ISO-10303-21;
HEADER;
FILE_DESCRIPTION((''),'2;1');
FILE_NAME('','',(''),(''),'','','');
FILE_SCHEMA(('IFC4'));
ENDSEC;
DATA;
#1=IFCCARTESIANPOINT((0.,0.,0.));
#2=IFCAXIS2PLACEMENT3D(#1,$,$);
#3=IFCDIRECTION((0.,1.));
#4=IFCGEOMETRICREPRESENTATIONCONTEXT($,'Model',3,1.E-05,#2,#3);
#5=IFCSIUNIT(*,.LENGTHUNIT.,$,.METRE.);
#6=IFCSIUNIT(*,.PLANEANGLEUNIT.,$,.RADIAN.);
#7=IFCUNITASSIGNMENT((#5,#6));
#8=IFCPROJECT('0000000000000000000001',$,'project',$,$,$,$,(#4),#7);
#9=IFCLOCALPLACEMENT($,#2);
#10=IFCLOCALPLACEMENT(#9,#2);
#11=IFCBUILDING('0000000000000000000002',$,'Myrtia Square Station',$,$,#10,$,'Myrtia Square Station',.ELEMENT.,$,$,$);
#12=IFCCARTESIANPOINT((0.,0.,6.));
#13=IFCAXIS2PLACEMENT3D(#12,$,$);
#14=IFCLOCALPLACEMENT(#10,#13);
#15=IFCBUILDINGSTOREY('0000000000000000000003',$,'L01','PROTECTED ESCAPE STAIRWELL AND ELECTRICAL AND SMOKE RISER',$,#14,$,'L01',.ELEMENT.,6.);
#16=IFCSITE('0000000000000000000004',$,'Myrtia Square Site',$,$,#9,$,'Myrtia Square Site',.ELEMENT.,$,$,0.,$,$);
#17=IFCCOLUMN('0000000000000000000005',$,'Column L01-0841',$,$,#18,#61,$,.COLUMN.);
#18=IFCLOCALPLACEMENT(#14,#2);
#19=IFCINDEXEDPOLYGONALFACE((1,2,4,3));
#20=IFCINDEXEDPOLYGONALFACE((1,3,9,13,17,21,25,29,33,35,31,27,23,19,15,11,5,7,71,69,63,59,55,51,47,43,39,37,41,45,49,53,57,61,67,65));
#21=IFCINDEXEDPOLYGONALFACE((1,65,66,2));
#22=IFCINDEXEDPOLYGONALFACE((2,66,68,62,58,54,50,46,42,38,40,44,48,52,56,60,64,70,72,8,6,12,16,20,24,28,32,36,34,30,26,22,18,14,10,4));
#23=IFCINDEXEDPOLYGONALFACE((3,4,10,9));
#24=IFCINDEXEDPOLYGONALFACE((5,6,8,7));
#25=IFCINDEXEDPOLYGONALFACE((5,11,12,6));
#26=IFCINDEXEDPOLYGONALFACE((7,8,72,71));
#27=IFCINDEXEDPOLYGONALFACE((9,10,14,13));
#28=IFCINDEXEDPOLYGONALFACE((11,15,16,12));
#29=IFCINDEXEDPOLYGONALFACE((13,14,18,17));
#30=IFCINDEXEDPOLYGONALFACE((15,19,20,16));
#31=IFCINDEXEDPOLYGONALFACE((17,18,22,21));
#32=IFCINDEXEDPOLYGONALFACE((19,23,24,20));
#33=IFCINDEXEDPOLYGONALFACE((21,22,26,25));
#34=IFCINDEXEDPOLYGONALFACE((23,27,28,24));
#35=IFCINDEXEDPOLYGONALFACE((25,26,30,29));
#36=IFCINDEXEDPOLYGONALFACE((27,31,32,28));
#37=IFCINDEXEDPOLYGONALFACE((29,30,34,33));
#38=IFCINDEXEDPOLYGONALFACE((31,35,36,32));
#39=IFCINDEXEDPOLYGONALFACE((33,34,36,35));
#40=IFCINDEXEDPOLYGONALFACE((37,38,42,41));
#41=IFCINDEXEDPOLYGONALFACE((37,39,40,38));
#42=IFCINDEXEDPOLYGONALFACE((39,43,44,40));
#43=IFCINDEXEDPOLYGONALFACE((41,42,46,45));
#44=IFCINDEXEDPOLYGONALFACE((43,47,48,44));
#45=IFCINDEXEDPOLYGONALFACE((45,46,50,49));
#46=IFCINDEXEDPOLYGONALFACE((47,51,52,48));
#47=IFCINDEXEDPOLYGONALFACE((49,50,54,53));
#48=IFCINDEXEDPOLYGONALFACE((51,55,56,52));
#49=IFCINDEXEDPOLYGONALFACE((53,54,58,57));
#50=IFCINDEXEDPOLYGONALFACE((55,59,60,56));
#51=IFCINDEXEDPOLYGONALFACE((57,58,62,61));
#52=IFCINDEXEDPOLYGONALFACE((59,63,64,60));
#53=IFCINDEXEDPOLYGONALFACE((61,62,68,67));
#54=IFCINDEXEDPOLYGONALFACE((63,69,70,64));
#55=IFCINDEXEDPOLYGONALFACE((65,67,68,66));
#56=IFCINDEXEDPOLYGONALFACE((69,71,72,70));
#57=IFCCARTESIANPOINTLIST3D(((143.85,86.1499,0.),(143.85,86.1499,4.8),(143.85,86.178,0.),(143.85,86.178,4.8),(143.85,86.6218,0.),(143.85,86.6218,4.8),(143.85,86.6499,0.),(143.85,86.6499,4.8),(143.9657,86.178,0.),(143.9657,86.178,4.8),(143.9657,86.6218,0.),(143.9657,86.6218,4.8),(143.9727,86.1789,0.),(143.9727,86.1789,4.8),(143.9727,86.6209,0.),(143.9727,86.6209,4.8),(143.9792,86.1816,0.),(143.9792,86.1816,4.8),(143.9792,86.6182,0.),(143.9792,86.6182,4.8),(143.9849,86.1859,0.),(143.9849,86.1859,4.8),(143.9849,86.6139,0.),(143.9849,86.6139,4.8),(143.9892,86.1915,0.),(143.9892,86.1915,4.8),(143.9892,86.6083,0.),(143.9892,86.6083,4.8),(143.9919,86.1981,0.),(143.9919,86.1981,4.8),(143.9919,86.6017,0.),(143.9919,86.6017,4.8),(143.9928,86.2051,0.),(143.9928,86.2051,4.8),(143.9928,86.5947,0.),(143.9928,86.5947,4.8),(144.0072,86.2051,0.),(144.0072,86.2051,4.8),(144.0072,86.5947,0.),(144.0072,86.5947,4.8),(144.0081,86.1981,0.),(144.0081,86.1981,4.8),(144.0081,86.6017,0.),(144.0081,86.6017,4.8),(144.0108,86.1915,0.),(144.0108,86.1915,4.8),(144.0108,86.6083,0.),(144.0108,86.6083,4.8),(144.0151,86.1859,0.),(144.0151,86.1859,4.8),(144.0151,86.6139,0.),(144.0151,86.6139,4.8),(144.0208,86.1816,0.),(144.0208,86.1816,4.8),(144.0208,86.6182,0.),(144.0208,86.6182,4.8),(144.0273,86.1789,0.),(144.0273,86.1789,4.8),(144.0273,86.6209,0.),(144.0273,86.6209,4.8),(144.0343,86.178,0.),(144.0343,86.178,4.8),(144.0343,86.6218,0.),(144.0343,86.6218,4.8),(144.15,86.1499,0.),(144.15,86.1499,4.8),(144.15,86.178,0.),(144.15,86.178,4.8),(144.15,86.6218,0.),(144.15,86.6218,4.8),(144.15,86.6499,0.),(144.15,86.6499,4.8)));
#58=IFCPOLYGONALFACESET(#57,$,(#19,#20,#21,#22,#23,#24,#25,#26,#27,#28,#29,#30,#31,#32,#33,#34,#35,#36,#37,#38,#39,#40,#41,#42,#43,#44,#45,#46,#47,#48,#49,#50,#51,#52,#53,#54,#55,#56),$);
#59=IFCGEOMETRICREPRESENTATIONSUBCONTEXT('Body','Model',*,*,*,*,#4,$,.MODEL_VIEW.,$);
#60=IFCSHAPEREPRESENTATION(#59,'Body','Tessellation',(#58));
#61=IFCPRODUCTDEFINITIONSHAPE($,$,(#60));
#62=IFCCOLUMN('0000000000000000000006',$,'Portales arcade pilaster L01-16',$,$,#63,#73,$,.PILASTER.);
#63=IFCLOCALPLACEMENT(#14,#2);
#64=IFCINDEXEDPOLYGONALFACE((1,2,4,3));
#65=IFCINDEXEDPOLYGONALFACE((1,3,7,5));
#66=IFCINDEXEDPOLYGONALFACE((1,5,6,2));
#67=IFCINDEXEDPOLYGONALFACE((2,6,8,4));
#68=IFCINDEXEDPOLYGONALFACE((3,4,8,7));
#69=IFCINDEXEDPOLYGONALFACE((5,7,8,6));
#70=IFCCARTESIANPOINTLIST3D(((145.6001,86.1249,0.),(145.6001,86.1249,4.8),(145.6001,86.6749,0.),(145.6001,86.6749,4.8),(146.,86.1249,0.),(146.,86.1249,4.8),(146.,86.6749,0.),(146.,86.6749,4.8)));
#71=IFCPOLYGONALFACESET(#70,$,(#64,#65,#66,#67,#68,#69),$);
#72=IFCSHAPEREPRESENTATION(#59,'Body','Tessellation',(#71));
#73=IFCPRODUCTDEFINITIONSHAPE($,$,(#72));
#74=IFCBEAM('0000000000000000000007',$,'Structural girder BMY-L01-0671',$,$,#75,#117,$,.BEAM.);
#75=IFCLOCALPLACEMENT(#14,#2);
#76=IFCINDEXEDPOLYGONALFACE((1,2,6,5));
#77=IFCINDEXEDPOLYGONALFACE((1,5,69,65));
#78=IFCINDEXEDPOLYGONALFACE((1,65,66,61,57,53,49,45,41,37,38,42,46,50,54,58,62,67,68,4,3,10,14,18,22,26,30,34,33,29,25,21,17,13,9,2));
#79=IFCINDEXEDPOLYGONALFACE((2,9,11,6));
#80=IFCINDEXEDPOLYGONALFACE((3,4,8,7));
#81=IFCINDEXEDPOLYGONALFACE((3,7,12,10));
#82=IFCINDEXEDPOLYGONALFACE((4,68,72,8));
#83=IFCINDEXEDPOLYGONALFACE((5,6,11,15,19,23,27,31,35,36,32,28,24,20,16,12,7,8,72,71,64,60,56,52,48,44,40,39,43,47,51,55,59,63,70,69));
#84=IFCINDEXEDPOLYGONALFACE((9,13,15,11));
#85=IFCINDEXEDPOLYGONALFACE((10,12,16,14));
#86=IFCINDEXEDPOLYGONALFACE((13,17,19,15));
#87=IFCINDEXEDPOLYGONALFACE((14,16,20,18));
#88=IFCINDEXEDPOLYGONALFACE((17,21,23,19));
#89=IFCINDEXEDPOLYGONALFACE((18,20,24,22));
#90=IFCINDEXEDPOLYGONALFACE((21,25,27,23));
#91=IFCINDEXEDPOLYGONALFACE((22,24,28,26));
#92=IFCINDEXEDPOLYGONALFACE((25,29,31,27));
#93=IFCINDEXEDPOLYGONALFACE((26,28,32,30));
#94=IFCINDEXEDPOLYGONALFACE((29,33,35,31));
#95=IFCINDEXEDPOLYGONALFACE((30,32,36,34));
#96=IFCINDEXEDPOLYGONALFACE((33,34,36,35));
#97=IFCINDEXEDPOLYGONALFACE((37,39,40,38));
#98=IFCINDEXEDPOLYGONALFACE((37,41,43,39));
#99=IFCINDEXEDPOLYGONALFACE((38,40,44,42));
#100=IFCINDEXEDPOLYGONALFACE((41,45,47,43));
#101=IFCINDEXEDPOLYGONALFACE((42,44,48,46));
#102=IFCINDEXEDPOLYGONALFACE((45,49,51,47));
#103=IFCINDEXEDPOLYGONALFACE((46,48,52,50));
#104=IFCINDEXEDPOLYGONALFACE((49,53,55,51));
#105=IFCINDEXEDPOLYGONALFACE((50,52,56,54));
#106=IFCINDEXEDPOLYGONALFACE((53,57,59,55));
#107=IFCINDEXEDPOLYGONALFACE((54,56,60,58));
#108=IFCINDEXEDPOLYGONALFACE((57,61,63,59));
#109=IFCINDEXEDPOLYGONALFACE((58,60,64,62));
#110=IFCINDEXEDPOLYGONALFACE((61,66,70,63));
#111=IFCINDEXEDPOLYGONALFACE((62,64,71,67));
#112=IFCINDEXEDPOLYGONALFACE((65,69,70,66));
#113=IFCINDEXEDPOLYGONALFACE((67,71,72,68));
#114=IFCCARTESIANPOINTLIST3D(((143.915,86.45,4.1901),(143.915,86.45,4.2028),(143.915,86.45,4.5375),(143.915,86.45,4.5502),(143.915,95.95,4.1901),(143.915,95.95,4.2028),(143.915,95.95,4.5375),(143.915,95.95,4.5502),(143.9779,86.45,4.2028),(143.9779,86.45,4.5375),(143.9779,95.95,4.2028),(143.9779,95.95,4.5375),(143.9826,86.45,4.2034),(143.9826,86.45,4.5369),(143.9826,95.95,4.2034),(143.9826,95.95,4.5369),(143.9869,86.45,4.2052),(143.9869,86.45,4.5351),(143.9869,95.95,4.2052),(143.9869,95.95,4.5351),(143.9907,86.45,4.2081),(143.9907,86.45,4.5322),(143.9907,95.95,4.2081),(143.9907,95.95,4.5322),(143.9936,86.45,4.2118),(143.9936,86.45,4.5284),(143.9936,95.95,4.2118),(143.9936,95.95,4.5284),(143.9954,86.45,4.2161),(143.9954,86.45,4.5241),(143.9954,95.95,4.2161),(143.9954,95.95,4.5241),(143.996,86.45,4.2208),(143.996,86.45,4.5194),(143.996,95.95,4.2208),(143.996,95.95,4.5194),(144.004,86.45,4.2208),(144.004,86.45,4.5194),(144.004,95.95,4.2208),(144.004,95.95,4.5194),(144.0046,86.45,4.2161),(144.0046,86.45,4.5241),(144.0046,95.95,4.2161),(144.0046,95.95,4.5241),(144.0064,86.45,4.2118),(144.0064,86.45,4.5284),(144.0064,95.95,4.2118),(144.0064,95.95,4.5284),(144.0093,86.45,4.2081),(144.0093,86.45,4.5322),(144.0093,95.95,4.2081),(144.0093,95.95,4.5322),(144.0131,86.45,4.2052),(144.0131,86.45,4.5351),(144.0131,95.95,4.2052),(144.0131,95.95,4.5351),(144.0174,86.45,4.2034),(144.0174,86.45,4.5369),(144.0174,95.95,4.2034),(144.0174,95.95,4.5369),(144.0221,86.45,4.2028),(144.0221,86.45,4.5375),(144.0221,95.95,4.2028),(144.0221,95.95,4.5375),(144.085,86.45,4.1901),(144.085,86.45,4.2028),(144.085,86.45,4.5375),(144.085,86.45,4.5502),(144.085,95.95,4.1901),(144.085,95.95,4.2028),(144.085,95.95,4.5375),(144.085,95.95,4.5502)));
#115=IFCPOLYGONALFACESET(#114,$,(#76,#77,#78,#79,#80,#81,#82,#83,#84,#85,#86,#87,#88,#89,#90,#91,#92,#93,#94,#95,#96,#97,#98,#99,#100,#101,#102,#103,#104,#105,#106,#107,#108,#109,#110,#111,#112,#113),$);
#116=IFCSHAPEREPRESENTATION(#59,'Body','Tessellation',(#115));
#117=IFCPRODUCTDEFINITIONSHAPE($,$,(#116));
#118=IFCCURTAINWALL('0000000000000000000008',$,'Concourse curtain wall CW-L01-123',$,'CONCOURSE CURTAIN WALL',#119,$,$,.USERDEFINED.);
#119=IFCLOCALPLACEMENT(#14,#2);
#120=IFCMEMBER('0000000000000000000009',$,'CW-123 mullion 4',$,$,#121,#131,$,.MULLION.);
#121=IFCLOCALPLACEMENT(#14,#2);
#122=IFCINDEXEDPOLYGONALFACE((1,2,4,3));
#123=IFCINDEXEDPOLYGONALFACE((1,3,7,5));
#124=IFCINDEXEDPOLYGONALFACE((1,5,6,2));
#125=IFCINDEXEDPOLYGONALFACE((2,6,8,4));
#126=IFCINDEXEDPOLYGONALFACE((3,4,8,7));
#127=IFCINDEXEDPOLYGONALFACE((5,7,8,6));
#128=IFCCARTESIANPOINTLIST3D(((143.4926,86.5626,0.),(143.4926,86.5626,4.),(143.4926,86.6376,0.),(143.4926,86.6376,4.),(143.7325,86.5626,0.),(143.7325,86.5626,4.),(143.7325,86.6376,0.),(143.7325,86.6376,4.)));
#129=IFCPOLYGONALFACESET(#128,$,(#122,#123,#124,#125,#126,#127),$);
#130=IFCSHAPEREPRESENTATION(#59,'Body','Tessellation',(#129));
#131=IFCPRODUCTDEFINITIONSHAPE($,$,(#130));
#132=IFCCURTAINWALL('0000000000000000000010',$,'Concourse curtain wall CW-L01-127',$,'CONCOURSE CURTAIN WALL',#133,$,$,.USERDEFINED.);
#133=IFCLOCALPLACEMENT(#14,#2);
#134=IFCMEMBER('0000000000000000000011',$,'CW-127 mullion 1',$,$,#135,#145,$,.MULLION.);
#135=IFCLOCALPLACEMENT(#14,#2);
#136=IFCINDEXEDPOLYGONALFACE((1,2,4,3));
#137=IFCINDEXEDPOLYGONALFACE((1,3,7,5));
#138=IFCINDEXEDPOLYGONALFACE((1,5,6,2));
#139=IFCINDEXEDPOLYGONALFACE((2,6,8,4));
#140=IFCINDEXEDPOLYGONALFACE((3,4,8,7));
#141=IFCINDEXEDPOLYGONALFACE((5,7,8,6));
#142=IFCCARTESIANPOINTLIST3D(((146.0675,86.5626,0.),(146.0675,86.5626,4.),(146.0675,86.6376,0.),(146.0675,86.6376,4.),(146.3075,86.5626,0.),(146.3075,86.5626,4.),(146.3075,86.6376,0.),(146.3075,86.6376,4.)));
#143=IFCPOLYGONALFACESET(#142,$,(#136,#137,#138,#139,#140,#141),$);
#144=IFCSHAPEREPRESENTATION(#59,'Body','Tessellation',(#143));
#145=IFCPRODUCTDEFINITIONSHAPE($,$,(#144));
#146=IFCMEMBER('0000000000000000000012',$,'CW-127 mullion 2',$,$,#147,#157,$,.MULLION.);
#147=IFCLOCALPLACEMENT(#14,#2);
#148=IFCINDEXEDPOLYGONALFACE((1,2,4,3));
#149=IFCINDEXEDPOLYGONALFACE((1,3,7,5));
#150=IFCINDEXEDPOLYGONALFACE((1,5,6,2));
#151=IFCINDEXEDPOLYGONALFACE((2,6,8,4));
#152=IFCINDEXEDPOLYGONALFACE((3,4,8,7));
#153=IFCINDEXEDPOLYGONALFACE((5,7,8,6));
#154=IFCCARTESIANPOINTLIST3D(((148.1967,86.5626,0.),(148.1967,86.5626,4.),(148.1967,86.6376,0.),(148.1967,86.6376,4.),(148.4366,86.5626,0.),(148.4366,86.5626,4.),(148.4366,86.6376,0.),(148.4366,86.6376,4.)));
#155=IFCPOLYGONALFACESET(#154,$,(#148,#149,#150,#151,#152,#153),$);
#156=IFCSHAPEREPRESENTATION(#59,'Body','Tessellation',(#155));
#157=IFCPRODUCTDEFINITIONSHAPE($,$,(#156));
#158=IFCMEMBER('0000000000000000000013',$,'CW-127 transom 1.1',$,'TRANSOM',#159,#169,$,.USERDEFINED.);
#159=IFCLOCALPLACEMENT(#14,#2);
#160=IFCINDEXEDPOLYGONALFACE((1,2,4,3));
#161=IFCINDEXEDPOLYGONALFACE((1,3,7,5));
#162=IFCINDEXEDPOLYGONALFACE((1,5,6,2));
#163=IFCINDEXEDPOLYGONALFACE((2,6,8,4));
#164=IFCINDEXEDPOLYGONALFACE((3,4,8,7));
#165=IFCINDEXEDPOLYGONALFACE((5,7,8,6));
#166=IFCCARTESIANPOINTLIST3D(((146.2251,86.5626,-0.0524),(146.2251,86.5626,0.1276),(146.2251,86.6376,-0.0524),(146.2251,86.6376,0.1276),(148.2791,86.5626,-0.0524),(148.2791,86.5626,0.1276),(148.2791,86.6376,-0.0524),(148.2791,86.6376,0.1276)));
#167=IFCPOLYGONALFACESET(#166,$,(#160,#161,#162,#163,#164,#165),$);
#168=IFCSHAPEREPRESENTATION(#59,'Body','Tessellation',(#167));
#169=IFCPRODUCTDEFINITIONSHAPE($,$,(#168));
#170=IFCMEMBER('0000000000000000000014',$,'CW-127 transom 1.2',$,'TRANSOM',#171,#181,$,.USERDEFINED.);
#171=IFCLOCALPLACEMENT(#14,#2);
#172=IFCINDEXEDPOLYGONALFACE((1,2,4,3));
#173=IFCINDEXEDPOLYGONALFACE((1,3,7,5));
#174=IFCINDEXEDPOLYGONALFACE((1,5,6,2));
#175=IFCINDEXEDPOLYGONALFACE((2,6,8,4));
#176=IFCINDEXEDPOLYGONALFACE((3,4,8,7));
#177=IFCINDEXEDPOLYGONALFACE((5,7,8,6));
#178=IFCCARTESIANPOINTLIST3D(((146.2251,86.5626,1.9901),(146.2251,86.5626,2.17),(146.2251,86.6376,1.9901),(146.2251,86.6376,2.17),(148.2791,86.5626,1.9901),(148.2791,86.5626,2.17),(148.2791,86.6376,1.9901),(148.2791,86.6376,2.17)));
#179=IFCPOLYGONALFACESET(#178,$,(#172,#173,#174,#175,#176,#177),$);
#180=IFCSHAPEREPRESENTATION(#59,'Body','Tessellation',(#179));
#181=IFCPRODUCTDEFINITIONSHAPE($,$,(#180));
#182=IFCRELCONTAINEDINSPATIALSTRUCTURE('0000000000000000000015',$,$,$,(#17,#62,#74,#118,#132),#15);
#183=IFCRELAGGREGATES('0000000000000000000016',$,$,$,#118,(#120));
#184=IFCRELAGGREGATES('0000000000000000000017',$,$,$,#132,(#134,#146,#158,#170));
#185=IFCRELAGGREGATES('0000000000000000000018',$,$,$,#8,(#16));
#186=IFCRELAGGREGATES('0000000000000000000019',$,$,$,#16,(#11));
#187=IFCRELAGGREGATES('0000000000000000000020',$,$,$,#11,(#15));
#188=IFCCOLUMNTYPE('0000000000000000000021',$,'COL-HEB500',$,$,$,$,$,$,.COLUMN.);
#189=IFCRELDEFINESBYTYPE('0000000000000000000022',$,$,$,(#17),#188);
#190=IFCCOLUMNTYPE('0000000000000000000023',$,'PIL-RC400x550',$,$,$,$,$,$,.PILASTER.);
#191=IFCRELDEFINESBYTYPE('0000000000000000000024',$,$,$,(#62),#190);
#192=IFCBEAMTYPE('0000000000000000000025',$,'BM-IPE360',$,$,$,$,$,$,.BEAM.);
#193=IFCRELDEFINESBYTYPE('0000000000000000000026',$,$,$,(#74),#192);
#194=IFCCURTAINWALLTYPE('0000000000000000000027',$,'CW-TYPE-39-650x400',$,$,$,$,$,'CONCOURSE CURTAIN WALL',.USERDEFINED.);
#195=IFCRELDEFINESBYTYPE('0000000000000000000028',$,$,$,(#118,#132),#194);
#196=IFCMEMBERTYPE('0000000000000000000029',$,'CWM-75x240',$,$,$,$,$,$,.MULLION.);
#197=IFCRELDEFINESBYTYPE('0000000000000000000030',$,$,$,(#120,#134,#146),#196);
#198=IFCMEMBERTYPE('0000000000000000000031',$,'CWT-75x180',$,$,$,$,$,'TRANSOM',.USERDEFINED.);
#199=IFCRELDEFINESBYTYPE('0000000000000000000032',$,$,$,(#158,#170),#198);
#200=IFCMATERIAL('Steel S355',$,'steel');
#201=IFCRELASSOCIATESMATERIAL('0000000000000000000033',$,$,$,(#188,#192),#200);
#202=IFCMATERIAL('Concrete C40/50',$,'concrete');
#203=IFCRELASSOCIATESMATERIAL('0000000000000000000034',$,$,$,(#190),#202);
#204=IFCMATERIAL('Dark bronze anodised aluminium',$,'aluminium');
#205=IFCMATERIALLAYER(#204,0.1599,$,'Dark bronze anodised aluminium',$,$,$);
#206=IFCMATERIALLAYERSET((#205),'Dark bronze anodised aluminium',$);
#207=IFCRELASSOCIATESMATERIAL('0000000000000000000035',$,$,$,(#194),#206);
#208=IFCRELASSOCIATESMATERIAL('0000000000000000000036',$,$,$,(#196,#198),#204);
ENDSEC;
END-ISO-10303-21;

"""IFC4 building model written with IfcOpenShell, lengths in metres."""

from ifc_helpers import new_model, si_unit, direction, frame, origin, origin_2d, place, context, subcontext, project, spatial, rectangle, i_section, extrude, material, layer, layer_set, material_profile, profile_set, type_object, element, aggregate, save


model = new_model("IFC4")

# Units and contexts
model_context = context("Model", 3, precision=1e-05, world=origin(), true_north=direction((0.0, 1.0)))
body_context = subcontext(model_context, "Body", "Model", "MODEL_VIEW")
ifc_project = project(units=[si_unit("LENGTHUNIT", "METRE"), si_unit("PLANEANGLEUNIT", "RADIAN")], contexts=[model_context])

# Site, building, storey
site_placement = place(None, origin())
site = spatial("IfcSite", under=ifc_project, at=site_placement, Name="Myrtia Square Site", LongName="Myrtia Square Site", CompositionType="ELEMENT", RefElevation=0.0)
building_placement = place(site_placement, origin())
building = spatial("IfcBuilding", under=site, at=building_placement, Name="Myrtia Square Station", LongName="Myrtia Square Station", CompositionType="ELEMENT")
storey_placement = place(building_placement, frame((0.0, 0.0, 6.0)))
storey = spatial("IfcBuildingStorey", under=building, at=storey_placement, Name="L01", Description="PROTECTED ESCAPE STAIRWELL AND ELECTRICAL AND SMOKE RISER", LongName="L01", CompositionType="ELEMENT", Elevation=6.0)

# Columns
ifc_material_1 = material(Name="Steel S355", Category="steel")
ifc_material_profile_1 = material_profile(ifc_material_1, i_section(OverallWidth=0.3, OverallDepth=0.5, WebThickness=0.0144, FlangeThickness=0.0281, FilletRadius=0.0271, at=origin_2d()), Name="HEB 500")
ifc_profile_set_1 = profile_set([ifc_material_profile_1], Name="Steel S355")
column_type_1 = type_object("IfcColumnType", Name="COL-HEB500", PredefinedType="COLUMN", material=ifc_profile_set_1)
column_1_placement = place(storey_placement, frame((144.0, 86.3999, 0.0), z_axis=(0.0, 0.0, 1.0), x_axis=(1.0, 0.0, 0.0)))
element("IfcColumn", 1, at=column_1_placement, inside=storey, type_object=column_type_1, Name="Column L01-0841", PredefinedType="COLUMN", context=body_context, shape_type="SweptSolid", body=[
    extrude(i_section(OverallWidth=0.3, OverallDepth=0.5, WebThickness=0.0144, FlangeThickness=0.0281, FilletRadius=0.0271, at=origin_2d()), origin(), (0.0, 0.0, 1.0), 4.8),
])
ifc_material_2 = material(Name="Concrete C40/50", Category="concrete")
ifc_material_profile_2 = material_profile(ifc_material_2, rectangle(XDim=0.3999, YDim=0.55, at=origin_2d()), Name="PIL 400x550")
ifc_profile_set_2 = profile_set([ifc_material_profile_2], Name="Concrete C40/50")
column_type_2 = type_object("IfcColumnType", Name="PIL-RC400x550", PredefinedType="PILASTER", material=ifc_profile_set_2)
column_2_placement = place(storey_placement, frame((145.8, 86.3999, 0.0), z_axis=(0.0, 0.0, 1.0), x_axis=(1.0, 0.0, 0.0)))
element("IfcColumn", 2, at=column_2_placement, inside=storey, type_object=column_type_2, Name="Portales arcade pilaster L01-16", PredefinedType="PILASTER", context=body_context, shape_type="SweptSolid", body=[
    extrude(rectangle(XDim=0.3999, YDim=0.55, at=origin_2d()), origin(), (0.0, 0.0, 1.0), 4.8),
])

# Beam
ifc_material_profile_3 = material_profile(ifc_material_1, i_section(OverallWidth=0.1699, OverallDepth=0.3601, WebThickness=0.0081, FlangeThickness=0.0127, FilletRadius=0.0181, at=origin_2d()), Name="IPE 360")
ifc_profile_set_3 = profile_set([ifc_material_profile_3], Name="Steel S355")
beam_type_1 = type_object("IfcBeamType", Name="BM-IPE360", PredefinedType="BEAM", material=ifc_profile_set_3)
beam_1_placement = place(storey_placement, frame((144.0, 86.45, 4.3701), z_axis=(0.0, 1.0, 0.0), x_axis=(-1.0, 0.0, 0.0)))
element("IfcBeam", 3, at=beam_1_placement, inside=storey, type_object=beam_type_1, Name="Structural girder BMY-L01-0671", PredefinedType="BEAM", context=body_context, shape_type="SweptSolid", body=[
    extrude(i_section(OverallWidth=0.1699, OverallDepth=0.3601, WebThickness=0.0081, FlangeThickness=0.0127, FilletRadius=0.0181, at=origin_2d()), origin(), (0.0, 0.0, 1.0), 9.5),
])

# Curtain wall, member
ifc_material_3 = material(Name="Dark bronze anodised aluminium", Category="aluminium")
ifc_layer_1 = layer(ifc_material_3, 0.1599, Name="Dark bronze anodised aluminium")
ifc_layer_set_1 = layer_set([ifc_layer_1], Name="Dark bronze anodised aluminium")
curtain_wall_type = type_object("IfcCurtainWallType", Name="CW-TYPE-39-650x400", ElementType="CONCOURSE CURTAIN WALL", PredefinedType="USERDEFINED", material=ifc_layer_set_1)
curtain_wall_1_placement = place(storey_placement, origin())
curtain_wall_1 = element("IfcCurtainWall", 4, at=curtain_wall_1_placement, inside=storey, type_object=curtain_wall_type, Name="Concourse curtain wall CW-L01-123", ObjectType="CONCOURSE CURTAIN WALL", PredefinedType="USERDEFINED")
ifc_material_profile_4 = material_profile(ifc_material_3, rectangle(XDim=0.075, YDim=0.24, at=origin_2d()), Name="ALU-M 75x240")
ifc_profile_set_4 = profile_set([ifc_material_profile_4], Name="Dark bronze anodised aluminium")
member_type_1 = type_object("IfcMemberType", Name="CWM-75x240", PredefinedType="MULLION", material=ifc_profile_set_4)
member_1_placement = place(storey_placement, frame((143.6125, 86.6001, 0.0), z_axis=(0.0, 0.0, 1.0), x_axis=(0.0, 1.0, 0.0)))
member_1 = element("IfcMember", 5, at=member_1_placement, type_object=member_type_1, Name="CW-123 mullion 4", PredefinedType="MULLION", context=body_context, shape_type="SweptSolid", body=[
    extrude(rectangle(XDim=0.075, YDim=0.24, at=origin_2d()), origin(), (0.0, 0.0, 1.0), 4.0),
])

# Curtain wall, members
curtain_wall_2_placement = place(storey_placement, origin())
curtain_wall_2 = element("IfcCurtainWall", 6, at=curtain_wall_2_placement, inside=storey, type_object=curtain_wall_type, Name="Concourse curtain wall CW-L01-127", ObjectType="CONCOURSE CURTAIN WALL", PredefinedType="USERDEFINED")
member_2_placement = place(storey_placement, frame((146.1875, 86.6001, 0.0), z_axis=(0.0, 0.0, 1.0), x_axis=(0.0, 1.0, 0.0)))
member_2 = element("IfcMember", 7, at=member_2_placement, type_object=member_type_1, Name="CW-127 mullion 1", PredefinedType="MULLION", context=body_context, shape_type="SweptSolid", body=[
    extrude(rectangle(XDim=0.075, YDim=0.24, at=origin_2d()), origin(), (0.0, 0.0, 1.0), 4.0),
])
member_3_placement = place(storey_placement, frame((148.3167, 86.6001, 0.0), z_axis=(0.0, 0.0, 1.0), x_axis=(0.0, 1.0, 0.0)))
member_3 = element("IfcMember", 8, at=member_3_placement, type_object=member_type_1, Name="CW-127 mullion 2", PredefinedType="MULLION", context=body_context, shape_type="SweptSolid", body=[
    extrude(rectangle(XDim=0.075, YDim=0.24, at=origin_2d()), origin(), (0.0, 0.0, 1.0), 4.0),
])
ifc_material_profile_5 = material_profile(ifc_material_3, rectangle(XDim=0.075, YDim=0.1799, at=origin_2d()), Name="ALU-T 75x180")
ifc_profile_set_5 = profile_set([ifc_material_profile_5], Name="Dark bronze anodised aluminium")
member_type_2 = type_object("IfcMemberType", Name="CWT-75x180", ElementType="TRANSOM", PredefinedType="USERDEFINED", material=ifc_profile_set_5)
member_4_placement = place(storey_placement, frame((146.2251, 86.6001, 0.0376), z_axis=(1.0, 0.0, 0.0), x_axis=(0.0, 1.0, 0.0)))
member_4 = element("IfcMember", 9, at=member_4_placement, type_object=member_type_2, Name="CW-127 transom 1.1", ObjectType="TRANSOM", PredefinedType="USERDEFINED", context=body_context, shape_type="SweptSolid", body=[
    extrude(rectangle(XDim=0.075, YDim=0.1799, at=origin_2d()), origin(), (0.0, 0.0, 1.0), 2.054),
])
member_5_placement = place(storey_placement, frame((146.2251, 86.6001, 2.0801), z_axis=(1.0, 0.0, 0.0), x_axis=(0.0, 1.0, 0.0)))
member_5 = element("IfcMember", 10, at=member_5_placement, type_object=member_type_2, Name="CW-127 transom 1.2", ObjectType="TRANSOM", PredefinedType="USERDEFINED", context=body_context, shape_type="SweptSolid", body=[
    extrude(rectangle(XDim=0.075, YDim=0.1799, at=origin_2d()), origin(), (0.0, 0.0, 1.0), 2.054),
])

aggregate(curtain_wall_1, [member_1])
aggregate(curtain_wall_2, [member_2, member_3, member_4, member_5])

save(model, "model.ifc")
